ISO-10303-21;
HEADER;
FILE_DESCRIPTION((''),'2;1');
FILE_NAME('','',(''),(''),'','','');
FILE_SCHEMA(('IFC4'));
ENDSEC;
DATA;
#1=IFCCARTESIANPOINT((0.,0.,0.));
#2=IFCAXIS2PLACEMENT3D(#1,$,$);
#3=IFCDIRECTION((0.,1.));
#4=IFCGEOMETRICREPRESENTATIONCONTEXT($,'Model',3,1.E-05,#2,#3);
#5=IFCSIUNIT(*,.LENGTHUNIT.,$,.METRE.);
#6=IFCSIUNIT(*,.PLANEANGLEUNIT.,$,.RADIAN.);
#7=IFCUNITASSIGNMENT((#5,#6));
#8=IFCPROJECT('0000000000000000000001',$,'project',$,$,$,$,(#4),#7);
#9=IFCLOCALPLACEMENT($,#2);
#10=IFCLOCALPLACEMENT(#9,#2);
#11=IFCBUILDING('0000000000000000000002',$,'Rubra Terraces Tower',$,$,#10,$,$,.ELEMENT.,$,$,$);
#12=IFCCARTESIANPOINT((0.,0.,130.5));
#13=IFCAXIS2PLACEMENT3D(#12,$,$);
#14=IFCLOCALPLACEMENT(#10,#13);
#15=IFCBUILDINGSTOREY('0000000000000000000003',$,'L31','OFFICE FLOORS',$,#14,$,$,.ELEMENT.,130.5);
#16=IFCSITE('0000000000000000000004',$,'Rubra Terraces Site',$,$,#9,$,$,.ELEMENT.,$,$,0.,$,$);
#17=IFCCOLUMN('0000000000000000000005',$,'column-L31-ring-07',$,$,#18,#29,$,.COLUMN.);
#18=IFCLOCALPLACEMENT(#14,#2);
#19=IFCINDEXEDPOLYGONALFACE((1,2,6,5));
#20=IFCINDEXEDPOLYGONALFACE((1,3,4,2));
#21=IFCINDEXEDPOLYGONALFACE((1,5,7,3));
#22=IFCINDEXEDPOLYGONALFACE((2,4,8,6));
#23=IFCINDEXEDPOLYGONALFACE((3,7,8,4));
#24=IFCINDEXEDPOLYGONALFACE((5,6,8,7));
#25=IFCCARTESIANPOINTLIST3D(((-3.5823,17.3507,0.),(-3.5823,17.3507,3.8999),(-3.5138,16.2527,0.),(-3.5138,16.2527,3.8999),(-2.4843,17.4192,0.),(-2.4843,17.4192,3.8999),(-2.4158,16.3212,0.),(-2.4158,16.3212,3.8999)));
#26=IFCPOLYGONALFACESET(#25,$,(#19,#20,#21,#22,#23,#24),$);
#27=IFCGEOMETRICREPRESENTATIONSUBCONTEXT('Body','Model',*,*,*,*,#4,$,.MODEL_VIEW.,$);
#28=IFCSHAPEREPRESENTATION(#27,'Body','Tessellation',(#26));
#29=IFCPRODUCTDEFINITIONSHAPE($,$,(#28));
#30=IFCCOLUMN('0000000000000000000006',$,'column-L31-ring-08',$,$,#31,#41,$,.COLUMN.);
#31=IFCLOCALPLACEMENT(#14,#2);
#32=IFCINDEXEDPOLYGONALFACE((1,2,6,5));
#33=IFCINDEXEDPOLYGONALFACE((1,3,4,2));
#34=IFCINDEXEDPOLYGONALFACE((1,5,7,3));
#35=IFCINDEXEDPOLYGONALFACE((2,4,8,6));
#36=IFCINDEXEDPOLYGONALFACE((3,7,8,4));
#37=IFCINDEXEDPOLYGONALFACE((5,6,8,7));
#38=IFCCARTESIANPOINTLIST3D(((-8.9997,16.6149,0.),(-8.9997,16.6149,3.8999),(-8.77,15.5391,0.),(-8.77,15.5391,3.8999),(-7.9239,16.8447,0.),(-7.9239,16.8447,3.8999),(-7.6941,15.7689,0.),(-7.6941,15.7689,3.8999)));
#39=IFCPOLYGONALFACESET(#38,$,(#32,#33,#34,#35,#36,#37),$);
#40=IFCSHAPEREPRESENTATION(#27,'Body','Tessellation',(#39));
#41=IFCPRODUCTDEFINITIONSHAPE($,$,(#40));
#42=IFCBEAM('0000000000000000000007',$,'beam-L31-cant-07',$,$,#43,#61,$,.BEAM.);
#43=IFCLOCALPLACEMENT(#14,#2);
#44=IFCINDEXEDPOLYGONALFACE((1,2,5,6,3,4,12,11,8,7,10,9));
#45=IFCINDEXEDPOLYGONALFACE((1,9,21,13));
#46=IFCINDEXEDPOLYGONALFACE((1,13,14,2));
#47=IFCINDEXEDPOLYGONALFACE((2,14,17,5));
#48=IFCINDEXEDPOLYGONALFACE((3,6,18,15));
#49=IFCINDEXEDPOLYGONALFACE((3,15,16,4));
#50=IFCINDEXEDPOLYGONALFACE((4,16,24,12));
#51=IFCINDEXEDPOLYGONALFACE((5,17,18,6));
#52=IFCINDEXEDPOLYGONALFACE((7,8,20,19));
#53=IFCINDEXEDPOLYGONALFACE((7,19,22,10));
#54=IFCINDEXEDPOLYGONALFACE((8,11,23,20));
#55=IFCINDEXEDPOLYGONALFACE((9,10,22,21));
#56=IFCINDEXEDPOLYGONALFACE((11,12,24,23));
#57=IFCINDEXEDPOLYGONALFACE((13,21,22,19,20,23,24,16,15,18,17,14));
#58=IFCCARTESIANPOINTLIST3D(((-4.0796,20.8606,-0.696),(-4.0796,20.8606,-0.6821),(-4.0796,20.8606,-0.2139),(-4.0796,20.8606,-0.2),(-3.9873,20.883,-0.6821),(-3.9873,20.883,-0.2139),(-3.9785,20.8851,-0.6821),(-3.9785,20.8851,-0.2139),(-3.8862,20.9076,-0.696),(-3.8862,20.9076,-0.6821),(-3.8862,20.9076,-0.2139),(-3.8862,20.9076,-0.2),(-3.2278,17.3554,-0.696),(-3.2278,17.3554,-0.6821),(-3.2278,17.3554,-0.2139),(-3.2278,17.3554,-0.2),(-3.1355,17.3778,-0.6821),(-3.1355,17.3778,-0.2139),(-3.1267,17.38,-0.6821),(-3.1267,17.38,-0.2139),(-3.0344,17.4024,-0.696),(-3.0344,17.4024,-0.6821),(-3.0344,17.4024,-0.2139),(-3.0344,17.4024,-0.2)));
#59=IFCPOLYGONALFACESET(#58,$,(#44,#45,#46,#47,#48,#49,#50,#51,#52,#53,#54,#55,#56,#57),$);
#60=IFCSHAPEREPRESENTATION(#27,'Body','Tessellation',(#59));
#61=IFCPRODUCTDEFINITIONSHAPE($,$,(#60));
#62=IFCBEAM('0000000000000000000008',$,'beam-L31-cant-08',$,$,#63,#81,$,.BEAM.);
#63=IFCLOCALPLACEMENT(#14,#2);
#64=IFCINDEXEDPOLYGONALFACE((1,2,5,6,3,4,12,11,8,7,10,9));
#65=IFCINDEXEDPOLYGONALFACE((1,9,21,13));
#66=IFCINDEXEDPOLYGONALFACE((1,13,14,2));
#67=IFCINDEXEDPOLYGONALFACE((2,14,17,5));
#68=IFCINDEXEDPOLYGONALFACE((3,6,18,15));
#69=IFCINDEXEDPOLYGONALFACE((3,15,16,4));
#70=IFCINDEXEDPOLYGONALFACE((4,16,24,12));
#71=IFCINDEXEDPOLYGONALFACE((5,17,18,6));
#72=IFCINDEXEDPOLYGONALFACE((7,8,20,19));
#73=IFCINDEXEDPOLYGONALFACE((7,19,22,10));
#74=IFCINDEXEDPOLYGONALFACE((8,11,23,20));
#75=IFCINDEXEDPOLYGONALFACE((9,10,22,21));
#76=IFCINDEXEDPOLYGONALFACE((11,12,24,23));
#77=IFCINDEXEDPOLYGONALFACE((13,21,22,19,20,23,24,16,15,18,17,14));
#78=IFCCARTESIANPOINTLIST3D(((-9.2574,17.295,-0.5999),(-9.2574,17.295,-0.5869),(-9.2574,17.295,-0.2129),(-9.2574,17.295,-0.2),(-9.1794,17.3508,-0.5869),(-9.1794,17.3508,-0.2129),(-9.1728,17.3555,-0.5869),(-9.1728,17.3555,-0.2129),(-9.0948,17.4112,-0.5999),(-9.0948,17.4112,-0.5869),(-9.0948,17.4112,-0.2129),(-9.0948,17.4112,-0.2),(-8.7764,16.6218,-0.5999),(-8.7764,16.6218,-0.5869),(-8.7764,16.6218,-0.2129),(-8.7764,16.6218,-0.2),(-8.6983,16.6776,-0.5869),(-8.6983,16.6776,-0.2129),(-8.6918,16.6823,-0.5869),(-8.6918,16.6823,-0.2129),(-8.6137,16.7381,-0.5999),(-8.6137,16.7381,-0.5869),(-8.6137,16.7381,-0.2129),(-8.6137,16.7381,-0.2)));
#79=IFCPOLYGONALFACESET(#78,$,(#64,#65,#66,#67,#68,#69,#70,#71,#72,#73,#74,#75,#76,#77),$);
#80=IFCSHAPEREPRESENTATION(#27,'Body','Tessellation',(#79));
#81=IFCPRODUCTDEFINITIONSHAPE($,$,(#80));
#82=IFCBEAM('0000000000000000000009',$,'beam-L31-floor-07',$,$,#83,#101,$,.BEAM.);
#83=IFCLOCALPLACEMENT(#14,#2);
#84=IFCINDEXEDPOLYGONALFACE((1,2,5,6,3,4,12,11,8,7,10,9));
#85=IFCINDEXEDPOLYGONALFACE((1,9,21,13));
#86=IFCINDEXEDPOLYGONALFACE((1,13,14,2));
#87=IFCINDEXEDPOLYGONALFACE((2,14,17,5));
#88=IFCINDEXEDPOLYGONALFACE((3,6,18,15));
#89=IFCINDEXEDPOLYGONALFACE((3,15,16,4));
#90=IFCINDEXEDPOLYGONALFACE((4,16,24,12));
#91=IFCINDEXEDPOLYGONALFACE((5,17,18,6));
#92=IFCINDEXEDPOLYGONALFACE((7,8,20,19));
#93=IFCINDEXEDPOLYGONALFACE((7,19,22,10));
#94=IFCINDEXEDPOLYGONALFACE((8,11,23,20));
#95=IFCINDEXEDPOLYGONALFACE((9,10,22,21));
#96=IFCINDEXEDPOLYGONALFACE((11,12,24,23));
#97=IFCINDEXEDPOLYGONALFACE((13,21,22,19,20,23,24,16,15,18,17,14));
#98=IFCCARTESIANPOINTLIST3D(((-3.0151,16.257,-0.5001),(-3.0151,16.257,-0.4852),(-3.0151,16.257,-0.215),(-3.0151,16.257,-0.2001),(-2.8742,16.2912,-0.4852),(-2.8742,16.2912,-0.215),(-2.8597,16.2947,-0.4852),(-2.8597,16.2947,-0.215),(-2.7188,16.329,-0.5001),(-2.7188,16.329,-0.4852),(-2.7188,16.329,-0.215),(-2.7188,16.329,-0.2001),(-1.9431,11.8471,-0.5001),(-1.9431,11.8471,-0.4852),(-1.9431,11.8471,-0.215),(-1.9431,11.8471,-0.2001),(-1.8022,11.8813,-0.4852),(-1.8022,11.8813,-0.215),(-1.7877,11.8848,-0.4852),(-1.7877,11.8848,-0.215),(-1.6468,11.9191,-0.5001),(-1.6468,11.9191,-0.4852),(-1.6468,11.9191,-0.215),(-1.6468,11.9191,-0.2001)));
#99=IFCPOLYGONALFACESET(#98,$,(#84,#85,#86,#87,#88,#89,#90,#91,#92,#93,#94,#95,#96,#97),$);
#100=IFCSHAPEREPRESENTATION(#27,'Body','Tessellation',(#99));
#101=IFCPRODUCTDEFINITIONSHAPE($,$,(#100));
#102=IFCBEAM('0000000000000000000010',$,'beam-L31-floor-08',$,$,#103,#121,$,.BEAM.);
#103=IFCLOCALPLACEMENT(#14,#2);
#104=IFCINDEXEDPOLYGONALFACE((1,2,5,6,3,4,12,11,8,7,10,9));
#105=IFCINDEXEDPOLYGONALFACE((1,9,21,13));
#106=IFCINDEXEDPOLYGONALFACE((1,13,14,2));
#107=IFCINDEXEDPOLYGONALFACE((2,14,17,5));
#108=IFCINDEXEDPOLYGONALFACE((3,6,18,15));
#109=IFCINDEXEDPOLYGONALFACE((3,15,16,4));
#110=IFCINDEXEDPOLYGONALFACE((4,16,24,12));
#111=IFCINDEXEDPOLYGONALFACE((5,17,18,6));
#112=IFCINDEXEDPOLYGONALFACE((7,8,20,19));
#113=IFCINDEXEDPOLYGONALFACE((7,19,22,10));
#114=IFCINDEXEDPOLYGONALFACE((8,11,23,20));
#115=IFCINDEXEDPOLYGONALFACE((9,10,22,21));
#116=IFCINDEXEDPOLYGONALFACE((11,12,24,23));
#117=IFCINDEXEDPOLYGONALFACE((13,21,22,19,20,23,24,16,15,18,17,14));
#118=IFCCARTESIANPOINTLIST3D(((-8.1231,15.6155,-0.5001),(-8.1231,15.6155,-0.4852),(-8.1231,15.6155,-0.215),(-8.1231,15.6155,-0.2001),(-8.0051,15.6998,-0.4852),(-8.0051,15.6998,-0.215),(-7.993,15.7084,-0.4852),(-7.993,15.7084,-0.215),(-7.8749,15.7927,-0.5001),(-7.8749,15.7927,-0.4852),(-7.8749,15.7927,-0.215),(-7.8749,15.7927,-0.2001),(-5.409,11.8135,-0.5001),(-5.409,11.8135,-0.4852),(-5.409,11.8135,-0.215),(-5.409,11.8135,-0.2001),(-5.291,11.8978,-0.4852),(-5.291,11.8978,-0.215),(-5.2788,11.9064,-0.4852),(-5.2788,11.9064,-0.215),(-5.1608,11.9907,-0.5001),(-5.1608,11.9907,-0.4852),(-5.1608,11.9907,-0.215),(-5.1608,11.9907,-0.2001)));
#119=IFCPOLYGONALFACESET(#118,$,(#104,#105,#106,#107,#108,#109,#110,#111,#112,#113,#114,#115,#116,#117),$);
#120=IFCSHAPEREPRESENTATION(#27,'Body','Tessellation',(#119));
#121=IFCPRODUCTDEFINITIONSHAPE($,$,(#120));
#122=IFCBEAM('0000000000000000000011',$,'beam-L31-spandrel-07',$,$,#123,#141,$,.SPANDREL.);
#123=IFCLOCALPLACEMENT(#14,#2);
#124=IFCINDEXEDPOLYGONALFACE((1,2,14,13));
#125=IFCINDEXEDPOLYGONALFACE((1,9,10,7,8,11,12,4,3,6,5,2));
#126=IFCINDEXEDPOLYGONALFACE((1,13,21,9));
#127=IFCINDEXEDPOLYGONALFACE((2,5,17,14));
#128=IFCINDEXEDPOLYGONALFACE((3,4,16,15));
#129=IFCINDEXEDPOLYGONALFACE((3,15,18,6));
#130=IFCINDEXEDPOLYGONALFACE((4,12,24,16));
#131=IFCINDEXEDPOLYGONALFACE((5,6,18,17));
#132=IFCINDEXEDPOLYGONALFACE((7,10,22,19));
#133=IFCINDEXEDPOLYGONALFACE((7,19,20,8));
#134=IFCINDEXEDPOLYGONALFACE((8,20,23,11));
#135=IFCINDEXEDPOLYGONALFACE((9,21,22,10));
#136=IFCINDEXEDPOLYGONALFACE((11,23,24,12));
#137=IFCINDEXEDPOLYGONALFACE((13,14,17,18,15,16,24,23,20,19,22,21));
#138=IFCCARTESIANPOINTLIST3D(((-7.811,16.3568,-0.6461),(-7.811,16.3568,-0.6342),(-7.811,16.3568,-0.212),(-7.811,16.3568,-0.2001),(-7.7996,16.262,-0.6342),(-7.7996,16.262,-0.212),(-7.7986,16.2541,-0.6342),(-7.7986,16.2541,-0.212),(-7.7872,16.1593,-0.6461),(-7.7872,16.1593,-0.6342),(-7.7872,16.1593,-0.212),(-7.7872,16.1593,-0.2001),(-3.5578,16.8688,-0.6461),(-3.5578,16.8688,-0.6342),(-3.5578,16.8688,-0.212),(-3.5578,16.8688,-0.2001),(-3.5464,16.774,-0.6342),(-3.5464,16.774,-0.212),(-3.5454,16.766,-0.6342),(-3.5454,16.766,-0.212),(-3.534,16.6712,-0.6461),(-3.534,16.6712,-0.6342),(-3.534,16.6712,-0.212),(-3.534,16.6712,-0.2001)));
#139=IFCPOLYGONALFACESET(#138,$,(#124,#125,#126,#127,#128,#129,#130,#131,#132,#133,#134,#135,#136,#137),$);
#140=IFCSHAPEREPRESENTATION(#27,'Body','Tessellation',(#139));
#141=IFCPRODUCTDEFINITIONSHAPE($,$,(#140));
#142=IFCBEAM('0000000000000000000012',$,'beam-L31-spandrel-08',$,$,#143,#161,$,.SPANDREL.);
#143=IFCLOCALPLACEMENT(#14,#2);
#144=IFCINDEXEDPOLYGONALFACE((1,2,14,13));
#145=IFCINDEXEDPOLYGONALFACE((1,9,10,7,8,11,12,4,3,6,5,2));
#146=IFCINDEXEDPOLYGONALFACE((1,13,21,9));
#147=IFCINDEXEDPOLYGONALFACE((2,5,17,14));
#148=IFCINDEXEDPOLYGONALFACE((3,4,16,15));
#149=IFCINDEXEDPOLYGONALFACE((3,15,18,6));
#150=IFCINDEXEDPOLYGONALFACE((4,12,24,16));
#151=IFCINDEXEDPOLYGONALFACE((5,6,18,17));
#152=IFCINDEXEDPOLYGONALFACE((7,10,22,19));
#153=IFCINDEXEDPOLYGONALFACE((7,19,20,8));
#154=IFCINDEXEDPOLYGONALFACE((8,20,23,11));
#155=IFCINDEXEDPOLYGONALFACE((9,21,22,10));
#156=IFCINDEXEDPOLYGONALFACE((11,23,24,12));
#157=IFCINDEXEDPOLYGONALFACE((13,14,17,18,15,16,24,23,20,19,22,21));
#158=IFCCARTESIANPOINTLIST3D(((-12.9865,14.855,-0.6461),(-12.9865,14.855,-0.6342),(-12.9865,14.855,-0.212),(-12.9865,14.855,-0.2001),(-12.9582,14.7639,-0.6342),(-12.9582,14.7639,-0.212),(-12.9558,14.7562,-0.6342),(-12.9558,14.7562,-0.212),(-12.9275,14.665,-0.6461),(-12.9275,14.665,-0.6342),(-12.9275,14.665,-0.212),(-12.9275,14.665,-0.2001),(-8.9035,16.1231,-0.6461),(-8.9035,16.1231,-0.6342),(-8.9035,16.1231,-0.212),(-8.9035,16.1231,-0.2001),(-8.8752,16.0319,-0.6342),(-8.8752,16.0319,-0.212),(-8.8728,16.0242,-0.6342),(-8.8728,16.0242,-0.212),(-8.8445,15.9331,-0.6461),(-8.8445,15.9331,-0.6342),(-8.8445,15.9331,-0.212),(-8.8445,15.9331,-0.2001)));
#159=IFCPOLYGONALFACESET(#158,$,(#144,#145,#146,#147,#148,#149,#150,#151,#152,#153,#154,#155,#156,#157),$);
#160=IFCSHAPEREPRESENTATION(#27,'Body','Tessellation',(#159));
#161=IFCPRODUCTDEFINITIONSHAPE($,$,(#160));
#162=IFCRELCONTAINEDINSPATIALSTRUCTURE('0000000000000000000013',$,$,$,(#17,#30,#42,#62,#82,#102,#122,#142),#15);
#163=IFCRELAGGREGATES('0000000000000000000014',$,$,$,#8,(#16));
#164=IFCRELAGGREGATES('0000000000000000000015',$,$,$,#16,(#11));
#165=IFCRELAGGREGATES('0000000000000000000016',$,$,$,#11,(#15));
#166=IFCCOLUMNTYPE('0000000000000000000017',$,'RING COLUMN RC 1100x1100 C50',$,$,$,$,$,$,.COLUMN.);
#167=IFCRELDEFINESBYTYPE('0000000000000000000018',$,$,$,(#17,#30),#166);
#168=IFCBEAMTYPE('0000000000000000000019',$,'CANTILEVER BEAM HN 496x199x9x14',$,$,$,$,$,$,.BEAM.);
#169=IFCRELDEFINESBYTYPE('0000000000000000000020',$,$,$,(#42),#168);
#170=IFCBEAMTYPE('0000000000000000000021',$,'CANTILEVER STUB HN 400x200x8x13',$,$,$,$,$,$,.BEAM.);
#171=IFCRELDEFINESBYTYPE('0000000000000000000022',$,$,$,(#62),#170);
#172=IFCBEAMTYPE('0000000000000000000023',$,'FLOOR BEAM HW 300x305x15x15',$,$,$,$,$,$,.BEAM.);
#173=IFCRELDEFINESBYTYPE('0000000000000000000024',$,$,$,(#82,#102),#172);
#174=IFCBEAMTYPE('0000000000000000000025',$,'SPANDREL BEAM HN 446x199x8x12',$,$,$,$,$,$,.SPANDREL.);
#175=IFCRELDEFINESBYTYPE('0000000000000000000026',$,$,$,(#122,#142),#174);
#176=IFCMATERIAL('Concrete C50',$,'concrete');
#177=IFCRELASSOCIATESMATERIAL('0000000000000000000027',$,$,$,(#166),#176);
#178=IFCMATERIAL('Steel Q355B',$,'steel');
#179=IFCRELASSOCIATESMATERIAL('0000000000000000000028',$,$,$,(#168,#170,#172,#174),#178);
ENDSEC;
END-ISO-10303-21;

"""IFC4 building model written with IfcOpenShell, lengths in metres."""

from ifc_helpers import new_model, si_unit, direction, frame, origin, origin_2d, place, context, subcontext, project, spatial, rectangle, i_section, extrude, material, material_profile, profile_set, type_object, element, save


model = new_model("IFC4")

# Units and contexts
model_context = context("Model", 3, precision=1e-05, world=origin(), true_north=direction((0.0, 1.0)))
body_context = subcontext(model_context, "Body", "Model", "MODEL_VIEW")
ifc_project = project(units=[si_unit("LENGTHUNIT", "METRE"), si_unit("PLANEANGLEUNIT", "RADIAN")], contexts=[model_context])

# Site, building, storey
site_placement = place(None, origin())
site = spatial("IfcSite", under=ifc_project, at=site_placement, Name="Rubra Terraces Site", CompositionType="ELEMENT", RefElevation=0.0)
building_placement = place(site_placement, origin())
building = spatial("IfcBuilding", under=site, at=building_placement, Name="Rubra Terraces Tower", CompositionType="ELEMENT")
storey_placement = place(building_placement, frame((0.0, 0.0, 130.5)))
storey = spatial("IfcBuildingStorey", under=building, at=storey_placement, Name="L31", Description="OFFICE FLOORS", CompositionType="ELEMENT", Elevation=130.5)

# Columns
ifc_material_1 = material(Name="Concrete C50", Category="concrete")
ifc_material_profile_1 = material_profile(ifc_material_1, rectangle(XDim=1.1001, YDim=1.1001, at=origin_2d()), Name="RC 1100x1100")
ifc_profile_set_1 = profile_set([ifc_material_profile_1], Name="Concrete C50")
column_type = type_object("IfcColumnType", Name="RING COLUMN RC 1100x1100 C50", PredefinedType="COLUMN", material=ifc_profile_set_1)
for number, where, z_axis, x_axis, name in (
    (1, (-2.999, 16.8359, 0.0), (0.0, 0.0, 1.0), (-0.998059, -0.062268, 0.0), "column-L31-ring-07"),
    (2, (-8.3469, 16.1919, 0.0), (0.0, 0.0, 1.0), (-0.977944, -0.208867, 0.0), "column-L31-ring-08"),
):
    element("IfcColumn", number, at=place(storey_placement, frame(where, z_axis=z_axis, x_axis=x_axis)), inside=storey, type_object=column_type, Name=name, PredefinedType="COLUMN", context=body_context, shape_type="SweptSolid", body=[
        extrude(rectangle(XDim=1.1001, YDim=1.1001, at=origin_2d()), origin(), (0.0, 0.0, 1.0), 3.8999),
    ])

# Beams
ifc_material_2 = material(Name="Steel Q355B", Category="steel")
ifc_material_profile_2 = material_profile(ifc_material_2, i_section(OverallWidth=0.199, OverallDepth=0.4961, WebThickness=0.009, FlangeThickness=0.0139, at=origin_2d()), Name="HN 496x199x9x14")
ifc_profile_set_2 = profile_set([ifc_material_profile_2], Name="Steel Q355B")
beam_type_1 = type_object("IfcBeamType", Name="CANTILEVER BEAM HN 496x199x9x14", PredefinedType="BEAM", material=ifc_profile_set_2)
beam_1_placement = place(storey_placement, frame((-3.1311, 17.3789, -0.448), z_axis=(-0.236144, 0.971718, 0.0), x_axis=(-0.971718, -0.236144, 0.0)))
element("IfcBeam", 3, at=beam_1_placement, inside=storey, type_object=beam_type_1, Name="beam-L31-cant-07", PredefinedType="BEAM", context=body_context, shape_type="SweptSolid", body=[
    extrude(i_section(OverallWidth=0.199, OverallDepth=0.4961, WebThickness=0.009, FlangeThickness=0.0139, at=origin_2d()), origin(), (0.0, 0.0, 1.0), 3.6072),
])
ifc_material_profile_3 = material_profile(ifc_material_2, i_section(OverallWidth=0.2, OverallDepth=0.3999, WebThickness=0.0081, FlangeThickness=0.0129, at=origin_2d()), Name="HN 400x200x8x13")
ifc_profile_set_3 = profile_set([ifc_material_profile_3], Name="Steel Q355B")
beam_type_2 = type_object("IfcBeamType", Name="CANTILEVER STUB HN 400x200x8x13", PredefinedType="BEAM", material=ifc_profile_set_3)
beam_2_placement = place(storey_placement, frame((-8.6951, 16.6799, -0.3999), z_axis=(-0.581378, 0.813634, 0.0), x_axis=(-0.813634, -0.581378, 0.0)))
element("IfcBeam", 4, at=beam_2_placement, inside=storey, type_object=beam_type_2, Name="beam-L31-cant-08", PredefinedType="BEAM", context=body_context, shape_type="SweptSolid", body=[
    extrude(i_section(OverallWidth=0.2, OverallDepth=0.3999, WebThickness=0.0081, FlangeThickness=0.0129, at=origin_2d()), origin(), (0.0, 0.0, 1.0), 0.8274),
])
ifc_material_profile_4 = material_profile(ifc_material_2, i_section(OverallWidth=0.3049, OverallDepth=0.3, WebThickness=0.0149, FlangeThickness=0.0149, at=origin_2d()), Name="HW 300x305x15x15")
ifc_profile_set_4 = profile_set([ifc_material_profile_4], Name="Steel Q355B")
beam_type_3 = type_object("IfcBeamType", Name="FLOOR BEAM HW 300x305x15x15", PredefinedType="BEAM", material=ifc_profile_set_4)
beam_3_placement = place(storey_placement, frame((-2.8669, 16.293, -0.3501), z_axis=(0.236214, -0.971701, 0.0), x_axis=(0.971701, 0.236214, 0.0)))
element("IfcBeam", 5, at=beam_3_placement, inside=storey, type_object=beam_type_3, Name="beam-L31-floor-07", PredefinedType="BEAM", context=body_context, shape_type="SweptSolid", body=[
    extrude(i_section(OverallWidth=0.3049, OverallDepth=0.3, WebThickness=0.0149, FlangeThickness=0.0149, at=origin_2d()), origin(), (0.0, 0.0, 1.0), 4.5383),
])
beam_4_placement = place(storey_placement, frame((-7.999, 15.7041, -0.3501), z_axis=(0.581011, -0.813896, 0.0), x_axis=(0.813896, 0.581011, 0.0)))
element("IfcBeam", 6, at=beam_4_placement, inside=storey, type_object=beam_type_3, Name="beam-L31-floor-08", PredefinedType="BEAM", context=body_context, shape_type="SweptSolid", body=[
    extrude(i_section(OverallWidth=0.3049, OverallDepth=0.3, WebThickness=0.0149, FlangeThickness=0.0149, at=origin_2d()), origin(), (0.0, 0.0, 1.0), 4.6714),
])
ifc_material_profile_5 = material_profile(ifc_material_2, i_section(OverallWidth=0.199, OverallDepth=0.446, WebThickness=0.0081, FlangeThickness=0.012, at=origin_2d()), Name="HN 446x199x8x12")
ifc_profile_set_5 = profile_set([ifc_material_profile_5], Name="Steel Q355B")
beam_type_4 = type_object("IfcBeamType", Name="SPANDREL BEAM HN 446x199x8x12", PredefinedType="SPANDREL", material=ifc_profile_set_5)
beam_5_placement = place(storey_placement, frame((-3.5459, 16.77, -0.4231), z_axis=(-0.992833, -0.119509, 0.0), x_axis=(0.119509, -0.992833, 0.0)))
element("IfcBeam", 7, at=beam_5_placement, inside=storey, type_object=beam_type_4, Name="beam-L31-spandrel-07", PredefinedType="SPANDREL", context=body_context, shape_type="SweptSolid", body=[
    extrude(i_section(OverallWidth=0.199, OverallDepth=0.446, WebThickness=0.0081, FlangeThickness=0.012, at=origin_2d()), origin(), (0.0, 0.0, 1.0), 4.2839),
])
beam_6_placement = place(storey_placement, frame((-8.874, 16.0281, -0.4231), z_axis=(-0.955003, -0.296597, 0.0), x_axis=(0.296597, -0.955003, 0.0)))
element("IfcBeam", 8, at=beam_6_placement, inside=storey, type_object=beam_type_4, Name="beam-L31-spandrel-08", PredefinedType="SPANDREL", context=body_context, shape_type="SweptSolid", body=[
    extrude(i_section(OverallWidth=0.199, OverallDepth=0.446, WebThickness=0.0081, FlangeThickness=0.012, at=origin_2d()), origin(), (0.0, 0.0, 1.0), 4.2754),
])

save(model, "model.ifc")
